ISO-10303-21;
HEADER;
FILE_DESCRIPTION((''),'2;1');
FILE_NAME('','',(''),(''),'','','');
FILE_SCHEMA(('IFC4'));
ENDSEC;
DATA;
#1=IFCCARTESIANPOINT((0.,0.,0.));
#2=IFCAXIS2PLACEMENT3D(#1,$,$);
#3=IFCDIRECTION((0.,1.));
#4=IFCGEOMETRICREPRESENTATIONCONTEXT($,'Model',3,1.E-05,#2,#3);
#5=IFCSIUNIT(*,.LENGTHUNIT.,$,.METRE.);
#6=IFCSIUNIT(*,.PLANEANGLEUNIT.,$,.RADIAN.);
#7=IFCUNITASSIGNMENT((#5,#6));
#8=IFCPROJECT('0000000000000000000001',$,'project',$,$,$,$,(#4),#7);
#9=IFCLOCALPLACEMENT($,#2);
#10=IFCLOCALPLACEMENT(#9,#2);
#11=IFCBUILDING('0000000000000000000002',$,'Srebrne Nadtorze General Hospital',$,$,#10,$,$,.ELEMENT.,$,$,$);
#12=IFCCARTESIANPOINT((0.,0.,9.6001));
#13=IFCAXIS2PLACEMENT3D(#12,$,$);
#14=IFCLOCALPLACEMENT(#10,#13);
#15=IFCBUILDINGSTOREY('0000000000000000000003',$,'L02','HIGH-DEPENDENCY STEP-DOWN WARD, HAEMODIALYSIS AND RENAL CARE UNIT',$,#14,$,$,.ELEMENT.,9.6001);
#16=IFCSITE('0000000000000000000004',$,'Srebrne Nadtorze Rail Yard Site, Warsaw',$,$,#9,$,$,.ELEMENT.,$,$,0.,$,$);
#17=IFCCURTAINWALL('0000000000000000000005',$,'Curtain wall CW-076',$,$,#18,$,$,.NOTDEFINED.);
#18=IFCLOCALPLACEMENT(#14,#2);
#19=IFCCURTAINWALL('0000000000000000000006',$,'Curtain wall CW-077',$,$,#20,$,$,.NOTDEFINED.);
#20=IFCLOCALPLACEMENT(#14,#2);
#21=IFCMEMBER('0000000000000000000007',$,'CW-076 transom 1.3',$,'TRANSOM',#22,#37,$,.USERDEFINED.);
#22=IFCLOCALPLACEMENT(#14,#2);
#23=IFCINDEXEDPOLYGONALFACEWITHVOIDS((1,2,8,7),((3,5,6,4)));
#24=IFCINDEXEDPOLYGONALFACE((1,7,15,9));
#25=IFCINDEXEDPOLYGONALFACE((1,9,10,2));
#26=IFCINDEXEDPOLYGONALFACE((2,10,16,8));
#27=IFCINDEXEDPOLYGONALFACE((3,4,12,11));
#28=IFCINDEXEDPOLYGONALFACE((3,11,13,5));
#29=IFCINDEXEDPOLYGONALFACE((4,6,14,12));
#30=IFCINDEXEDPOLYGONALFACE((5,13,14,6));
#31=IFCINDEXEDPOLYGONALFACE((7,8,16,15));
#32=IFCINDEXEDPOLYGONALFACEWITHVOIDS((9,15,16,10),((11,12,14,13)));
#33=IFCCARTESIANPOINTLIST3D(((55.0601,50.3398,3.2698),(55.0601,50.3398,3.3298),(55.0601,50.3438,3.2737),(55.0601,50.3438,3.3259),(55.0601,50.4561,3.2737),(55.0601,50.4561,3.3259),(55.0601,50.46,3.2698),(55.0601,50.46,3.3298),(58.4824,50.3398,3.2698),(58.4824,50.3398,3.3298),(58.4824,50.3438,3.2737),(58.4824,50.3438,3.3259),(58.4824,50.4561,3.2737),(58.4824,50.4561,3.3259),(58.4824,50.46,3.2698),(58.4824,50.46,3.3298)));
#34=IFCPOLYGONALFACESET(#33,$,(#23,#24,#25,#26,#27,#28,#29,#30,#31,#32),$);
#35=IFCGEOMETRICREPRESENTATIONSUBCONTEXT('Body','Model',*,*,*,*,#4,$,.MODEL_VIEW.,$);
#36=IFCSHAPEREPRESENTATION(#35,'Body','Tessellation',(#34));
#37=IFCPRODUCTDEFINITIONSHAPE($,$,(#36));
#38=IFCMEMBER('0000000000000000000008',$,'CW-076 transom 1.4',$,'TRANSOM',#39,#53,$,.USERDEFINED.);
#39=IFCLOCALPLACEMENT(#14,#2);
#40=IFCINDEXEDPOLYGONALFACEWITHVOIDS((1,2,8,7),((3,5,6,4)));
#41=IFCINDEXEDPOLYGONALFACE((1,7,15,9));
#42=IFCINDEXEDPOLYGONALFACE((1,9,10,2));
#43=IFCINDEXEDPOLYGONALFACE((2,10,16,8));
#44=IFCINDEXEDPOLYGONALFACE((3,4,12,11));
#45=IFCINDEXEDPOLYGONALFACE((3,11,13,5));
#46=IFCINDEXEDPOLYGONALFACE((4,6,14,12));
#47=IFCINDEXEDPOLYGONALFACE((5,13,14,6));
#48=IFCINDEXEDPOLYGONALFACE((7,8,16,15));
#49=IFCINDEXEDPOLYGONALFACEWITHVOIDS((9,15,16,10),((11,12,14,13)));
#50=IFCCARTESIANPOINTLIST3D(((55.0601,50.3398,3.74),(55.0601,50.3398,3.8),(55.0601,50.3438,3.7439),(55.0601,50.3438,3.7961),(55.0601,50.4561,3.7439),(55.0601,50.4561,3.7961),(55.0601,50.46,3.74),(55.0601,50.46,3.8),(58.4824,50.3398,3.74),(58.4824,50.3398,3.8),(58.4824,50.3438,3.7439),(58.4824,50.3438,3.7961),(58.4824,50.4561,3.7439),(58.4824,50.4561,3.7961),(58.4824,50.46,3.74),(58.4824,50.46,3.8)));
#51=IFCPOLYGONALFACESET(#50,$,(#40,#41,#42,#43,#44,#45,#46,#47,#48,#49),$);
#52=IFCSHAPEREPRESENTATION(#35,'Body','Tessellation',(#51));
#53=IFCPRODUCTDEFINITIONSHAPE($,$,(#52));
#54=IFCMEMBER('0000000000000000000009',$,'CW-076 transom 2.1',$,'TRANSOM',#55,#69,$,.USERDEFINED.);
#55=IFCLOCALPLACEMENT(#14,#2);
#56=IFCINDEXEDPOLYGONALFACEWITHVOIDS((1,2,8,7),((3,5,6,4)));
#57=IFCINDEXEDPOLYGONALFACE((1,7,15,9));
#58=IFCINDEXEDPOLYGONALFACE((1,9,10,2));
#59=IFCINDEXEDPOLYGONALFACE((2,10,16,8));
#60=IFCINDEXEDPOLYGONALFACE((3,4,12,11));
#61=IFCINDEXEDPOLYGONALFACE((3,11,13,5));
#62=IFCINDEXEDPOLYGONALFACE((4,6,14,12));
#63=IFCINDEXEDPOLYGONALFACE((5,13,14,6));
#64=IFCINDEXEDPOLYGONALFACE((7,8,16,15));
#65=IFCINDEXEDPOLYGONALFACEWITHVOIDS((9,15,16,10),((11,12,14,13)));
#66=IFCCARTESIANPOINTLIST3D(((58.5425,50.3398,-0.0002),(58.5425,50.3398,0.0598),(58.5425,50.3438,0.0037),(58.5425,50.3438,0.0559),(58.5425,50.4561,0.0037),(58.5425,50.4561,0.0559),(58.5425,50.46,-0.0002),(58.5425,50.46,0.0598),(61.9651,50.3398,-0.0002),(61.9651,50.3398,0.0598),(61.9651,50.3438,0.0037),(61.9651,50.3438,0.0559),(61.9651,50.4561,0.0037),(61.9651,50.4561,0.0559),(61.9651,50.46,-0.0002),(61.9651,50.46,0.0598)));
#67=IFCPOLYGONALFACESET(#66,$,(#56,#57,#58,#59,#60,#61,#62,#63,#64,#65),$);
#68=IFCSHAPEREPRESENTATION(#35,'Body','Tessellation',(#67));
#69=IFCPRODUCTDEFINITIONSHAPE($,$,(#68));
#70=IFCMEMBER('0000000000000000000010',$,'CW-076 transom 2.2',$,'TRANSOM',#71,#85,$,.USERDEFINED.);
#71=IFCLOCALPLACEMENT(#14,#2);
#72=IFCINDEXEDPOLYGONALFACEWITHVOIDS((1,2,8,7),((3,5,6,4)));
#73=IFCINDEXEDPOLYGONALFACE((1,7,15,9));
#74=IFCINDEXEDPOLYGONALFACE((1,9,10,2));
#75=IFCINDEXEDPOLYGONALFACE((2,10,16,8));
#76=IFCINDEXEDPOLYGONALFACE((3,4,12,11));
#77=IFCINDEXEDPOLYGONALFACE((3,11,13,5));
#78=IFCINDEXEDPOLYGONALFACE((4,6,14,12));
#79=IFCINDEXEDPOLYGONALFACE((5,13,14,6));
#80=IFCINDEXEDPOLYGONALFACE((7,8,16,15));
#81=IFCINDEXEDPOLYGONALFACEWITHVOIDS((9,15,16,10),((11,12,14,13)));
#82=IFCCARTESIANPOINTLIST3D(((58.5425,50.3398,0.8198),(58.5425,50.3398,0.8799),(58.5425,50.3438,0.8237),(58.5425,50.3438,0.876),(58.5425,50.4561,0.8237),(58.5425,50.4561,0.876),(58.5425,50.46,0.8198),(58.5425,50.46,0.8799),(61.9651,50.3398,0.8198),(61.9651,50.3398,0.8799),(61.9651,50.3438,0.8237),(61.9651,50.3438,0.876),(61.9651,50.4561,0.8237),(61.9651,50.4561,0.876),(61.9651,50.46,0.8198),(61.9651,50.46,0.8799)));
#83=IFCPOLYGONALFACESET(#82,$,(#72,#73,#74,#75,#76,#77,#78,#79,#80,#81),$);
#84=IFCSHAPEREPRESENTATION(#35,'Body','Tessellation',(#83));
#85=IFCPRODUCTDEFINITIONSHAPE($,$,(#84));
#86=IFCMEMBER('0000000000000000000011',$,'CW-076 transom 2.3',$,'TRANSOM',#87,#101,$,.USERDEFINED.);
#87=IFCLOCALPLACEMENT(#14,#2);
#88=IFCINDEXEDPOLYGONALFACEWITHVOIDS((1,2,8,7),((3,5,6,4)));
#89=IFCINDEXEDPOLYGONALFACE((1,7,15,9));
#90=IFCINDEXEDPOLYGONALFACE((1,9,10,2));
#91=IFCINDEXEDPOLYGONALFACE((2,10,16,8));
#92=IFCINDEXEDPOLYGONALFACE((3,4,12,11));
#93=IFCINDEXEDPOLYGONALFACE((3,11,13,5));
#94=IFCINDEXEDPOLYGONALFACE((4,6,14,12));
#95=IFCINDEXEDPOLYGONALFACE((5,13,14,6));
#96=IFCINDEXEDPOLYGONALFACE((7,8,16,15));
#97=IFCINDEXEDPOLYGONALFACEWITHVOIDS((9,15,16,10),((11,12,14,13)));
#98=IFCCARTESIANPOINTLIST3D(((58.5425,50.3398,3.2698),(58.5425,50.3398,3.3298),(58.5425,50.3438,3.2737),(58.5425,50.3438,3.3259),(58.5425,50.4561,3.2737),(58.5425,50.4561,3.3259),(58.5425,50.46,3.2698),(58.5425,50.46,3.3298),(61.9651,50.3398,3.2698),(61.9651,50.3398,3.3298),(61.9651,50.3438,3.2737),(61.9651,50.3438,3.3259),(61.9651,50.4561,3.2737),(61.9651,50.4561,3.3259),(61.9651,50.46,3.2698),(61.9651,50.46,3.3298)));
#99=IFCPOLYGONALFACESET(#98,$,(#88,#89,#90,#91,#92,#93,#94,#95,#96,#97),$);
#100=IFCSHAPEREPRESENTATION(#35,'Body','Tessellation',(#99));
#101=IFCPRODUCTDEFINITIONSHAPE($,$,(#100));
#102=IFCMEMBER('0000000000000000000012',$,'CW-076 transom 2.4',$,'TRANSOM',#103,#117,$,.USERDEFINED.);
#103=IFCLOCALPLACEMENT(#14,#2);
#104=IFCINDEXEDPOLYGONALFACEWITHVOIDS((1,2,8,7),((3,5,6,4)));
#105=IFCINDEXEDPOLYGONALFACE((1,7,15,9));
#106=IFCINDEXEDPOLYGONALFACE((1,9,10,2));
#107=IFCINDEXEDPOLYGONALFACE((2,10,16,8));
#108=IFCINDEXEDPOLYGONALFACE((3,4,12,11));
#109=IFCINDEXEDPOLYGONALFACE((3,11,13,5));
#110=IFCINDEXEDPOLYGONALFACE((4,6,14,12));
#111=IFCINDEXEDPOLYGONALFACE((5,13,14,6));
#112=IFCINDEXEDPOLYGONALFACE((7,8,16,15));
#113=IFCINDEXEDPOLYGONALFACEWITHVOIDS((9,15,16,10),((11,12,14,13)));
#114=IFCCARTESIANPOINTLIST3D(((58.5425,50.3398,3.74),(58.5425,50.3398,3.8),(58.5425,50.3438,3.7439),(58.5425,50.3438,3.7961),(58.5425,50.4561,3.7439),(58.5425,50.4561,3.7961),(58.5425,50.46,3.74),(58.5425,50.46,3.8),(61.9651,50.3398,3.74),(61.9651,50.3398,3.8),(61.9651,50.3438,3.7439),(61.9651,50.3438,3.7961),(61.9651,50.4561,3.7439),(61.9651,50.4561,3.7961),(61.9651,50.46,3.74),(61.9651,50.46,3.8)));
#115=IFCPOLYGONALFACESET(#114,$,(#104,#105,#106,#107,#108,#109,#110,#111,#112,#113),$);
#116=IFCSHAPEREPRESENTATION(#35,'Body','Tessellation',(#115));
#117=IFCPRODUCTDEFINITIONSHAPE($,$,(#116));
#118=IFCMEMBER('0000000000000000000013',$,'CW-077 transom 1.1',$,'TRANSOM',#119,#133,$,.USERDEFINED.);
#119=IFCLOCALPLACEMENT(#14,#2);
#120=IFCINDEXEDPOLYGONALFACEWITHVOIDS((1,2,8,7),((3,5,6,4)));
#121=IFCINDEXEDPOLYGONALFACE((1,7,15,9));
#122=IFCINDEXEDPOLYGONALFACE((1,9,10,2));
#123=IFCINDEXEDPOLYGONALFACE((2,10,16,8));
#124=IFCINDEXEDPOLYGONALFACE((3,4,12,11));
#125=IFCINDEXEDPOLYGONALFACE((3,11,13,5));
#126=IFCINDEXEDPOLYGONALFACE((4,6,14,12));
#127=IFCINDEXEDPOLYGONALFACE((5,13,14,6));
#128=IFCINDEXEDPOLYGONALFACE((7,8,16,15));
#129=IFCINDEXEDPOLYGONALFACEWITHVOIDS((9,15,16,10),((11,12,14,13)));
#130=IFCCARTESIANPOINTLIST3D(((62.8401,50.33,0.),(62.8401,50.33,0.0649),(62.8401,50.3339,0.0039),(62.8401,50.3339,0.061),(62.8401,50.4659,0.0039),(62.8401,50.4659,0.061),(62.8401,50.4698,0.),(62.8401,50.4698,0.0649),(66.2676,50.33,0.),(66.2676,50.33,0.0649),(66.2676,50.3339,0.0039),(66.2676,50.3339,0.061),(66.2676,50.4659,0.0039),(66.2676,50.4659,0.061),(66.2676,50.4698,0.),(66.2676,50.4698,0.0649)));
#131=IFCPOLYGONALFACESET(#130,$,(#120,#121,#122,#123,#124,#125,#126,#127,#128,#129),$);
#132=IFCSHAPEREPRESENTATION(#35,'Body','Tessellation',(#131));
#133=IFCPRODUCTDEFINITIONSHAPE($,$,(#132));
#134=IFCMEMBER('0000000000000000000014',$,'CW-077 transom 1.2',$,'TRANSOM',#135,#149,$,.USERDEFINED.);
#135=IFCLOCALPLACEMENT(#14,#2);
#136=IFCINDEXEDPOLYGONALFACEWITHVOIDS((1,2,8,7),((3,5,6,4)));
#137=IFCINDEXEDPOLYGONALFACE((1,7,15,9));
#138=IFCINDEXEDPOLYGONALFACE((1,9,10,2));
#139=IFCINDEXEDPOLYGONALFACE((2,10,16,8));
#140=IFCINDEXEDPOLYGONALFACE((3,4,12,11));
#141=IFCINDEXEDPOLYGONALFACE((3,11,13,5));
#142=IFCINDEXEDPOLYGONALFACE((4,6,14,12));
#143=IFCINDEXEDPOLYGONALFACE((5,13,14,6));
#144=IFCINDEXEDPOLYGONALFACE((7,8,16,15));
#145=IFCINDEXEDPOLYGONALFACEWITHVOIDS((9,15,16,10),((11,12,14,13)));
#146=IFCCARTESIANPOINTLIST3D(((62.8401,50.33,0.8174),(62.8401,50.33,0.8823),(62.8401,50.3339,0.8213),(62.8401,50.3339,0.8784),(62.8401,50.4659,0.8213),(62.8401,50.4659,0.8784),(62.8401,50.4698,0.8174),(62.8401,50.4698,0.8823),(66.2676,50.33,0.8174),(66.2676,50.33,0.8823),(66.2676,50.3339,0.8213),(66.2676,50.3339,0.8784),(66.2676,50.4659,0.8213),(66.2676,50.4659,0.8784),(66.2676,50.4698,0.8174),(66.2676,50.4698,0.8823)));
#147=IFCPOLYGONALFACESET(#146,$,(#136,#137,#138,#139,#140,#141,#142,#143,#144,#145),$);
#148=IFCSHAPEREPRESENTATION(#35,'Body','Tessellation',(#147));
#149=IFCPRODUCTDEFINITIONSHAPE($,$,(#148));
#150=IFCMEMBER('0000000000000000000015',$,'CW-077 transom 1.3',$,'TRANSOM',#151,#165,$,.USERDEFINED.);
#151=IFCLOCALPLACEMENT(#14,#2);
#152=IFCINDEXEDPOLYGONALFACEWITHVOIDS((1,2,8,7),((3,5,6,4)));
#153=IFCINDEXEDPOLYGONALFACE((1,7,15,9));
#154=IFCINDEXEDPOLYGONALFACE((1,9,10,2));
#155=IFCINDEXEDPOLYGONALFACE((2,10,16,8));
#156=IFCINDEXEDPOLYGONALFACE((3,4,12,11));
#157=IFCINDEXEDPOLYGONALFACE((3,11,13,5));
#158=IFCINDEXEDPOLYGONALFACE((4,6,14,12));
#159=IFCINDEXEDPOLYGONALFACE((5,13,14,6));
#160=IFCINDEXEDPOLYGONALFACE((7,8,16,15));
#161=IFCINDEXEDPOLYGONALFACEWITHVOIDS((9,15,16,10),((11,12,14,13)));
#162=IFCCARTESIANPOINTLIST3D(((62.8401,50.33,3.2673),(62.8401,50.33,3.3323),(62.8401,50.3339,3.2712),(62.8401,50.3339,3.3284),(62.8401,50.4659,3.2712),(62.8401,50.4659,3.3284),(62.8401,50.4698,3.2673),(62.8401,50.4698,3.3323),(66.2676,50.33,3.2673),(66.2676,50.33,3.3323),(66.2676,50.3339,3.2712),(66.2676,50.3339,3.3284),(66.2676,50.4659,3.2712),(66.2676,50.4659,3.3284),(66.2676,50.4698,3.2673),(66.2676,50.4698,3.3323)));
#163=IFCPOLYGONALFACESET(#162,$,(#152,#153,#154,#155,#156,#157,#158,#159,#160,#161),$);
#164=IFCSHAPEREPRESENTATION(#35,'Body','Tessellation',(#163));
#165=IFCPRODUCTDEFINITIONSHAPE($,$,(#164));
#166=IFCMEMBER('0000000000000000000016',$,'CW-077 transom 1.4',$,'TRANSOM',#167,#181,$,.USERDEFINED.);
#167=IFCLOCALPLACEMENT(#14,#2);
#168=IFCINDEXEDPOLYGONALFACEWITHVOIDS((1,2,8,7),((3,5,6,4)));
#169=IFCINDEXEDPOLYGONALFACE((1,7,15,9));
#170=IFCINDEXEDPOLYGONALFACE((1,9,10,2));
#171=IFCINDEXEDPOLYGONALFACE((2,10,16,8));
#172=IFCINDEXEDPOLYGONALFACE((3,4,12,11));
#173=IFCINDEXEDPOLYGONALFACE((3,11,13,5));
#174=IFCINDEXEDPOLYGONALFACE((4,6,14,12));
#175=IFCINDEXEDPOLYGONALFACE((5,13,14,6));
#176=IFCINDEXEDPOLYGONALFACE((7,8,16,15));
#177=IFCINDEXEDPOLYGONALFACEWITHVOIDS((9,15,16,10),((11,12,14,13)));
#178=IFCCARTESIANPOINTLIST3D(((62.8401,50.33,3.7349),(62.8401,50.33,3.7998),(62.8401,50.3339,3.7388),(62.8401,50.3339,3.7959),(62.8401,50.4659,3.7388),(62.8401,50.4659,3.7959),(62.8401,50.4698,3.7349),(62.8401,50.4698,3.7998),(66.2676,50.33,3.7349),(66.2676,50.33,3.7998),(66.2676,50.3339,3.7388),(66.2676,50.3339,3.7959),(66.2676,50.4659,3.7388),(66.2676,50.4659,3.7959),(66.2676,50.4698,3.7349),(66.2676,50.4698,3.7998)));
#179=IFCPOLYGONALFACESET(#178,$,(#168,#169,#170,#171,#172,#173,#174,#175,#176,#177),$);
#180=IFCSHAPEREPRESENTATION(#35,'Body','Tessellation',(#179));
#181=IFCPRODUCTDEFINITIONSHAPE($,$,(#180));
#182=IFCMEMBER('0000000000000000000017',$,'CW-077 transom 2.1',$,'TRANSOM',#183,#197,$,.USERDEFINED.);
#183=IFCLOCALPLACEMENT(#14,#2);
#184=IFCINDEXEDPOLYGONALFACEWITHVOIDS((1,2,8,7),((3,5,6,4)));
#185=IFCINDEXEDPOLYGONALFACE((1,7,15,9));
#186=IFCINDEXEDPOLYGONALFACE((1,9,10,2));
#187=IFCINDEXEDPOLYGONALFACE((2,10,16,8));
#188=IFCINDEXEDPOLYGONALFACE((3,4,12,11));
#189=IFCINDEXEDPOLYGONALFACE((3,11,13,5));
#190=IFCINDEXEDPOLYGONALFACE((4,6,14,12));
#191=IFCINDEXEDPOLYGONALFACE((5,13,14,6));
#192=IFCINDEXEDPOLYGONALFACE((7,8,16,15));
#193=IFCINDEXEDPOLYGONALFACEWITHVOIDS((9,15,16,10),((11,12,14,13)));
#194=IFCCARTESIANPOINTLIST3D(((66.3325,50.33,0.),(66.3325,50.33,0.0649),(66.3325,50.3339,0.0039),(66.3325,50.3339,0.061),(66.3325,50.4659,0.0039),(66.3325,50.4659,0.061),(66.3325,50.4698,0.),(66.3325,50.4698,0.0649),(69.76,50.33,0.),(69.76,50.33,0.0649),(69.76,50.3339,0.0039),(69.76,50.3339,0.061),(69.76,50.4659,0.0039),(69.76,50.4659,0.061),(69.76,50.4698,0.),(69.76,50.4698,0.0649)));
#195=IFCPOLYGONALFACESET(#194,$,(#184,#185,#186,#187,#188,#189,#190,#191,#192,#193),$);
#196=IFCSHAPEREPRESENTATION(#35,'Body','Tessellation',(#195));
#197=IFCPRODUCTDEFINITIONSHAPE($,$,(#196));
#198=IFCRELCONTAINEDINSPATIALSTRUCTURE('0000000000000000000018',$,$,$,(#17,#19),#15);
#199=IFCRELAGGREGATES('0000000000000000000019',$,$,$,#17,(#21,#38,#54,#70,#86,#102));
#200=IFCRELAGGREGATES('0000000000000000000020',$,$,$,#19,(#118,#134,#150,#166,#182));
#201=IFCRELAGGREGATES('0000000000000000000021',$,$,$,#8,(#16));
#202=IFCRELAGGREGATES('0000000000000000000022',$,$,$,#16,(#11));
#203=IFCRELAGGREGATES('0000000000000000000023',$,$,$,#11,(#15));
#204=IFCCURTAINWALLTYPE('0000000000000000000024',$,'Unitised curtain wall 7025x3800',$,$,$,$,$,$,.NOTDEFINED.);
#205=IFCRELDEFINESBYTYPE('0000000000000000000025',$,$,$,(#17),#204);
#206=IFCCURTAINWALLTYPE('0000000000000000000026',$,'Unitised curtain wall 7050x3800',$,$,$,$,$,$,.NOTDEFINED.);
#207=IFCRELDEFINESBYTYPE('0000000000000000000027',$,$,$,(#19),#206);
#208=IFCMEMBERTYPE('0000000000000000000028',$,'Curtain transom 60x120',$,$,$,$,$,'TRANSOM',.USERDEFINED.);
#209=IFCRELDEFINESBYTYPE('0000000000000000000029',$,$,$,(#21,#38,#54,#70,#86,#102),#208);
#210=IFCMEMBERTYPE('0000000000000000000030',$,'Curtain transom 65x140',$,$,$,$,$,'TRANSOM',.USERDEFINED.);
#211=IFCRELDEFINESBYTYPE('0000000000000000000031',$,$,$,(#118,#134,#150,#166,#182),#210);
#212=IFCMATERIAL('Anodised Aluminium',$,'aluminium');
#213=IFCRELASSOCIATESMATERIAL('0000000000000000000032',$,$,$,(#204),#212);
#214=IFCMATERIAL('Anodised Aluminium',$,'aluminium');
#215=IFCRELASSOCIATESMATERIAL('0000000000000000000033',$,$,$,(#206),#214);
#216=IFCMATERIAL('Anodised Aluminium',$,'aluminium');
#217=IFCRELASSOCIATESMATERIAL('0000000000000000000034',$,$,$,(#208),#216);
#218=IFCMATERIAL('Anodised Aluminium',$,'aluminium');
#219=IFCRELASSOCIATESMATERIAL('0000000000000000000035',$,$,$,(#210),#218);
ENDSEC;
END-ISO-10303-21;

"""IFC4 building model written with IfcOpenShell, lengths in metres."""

from ifc_helpers import new_model, si_unit, direction, frame, origin, origin_2d, place, context, subcontext, project, spatial, hollow_rectangle, extrude, material, material_profile, profile_set, type_object, element, aggregate, save


model = new_model("IFC4")

# Units and contexts
model_context = context("Model", 3, precision=1e-05, world=origin(), true_north=direction((0.0, 1.0)))
body_context = subcontext(model_context, "Body", "Model", "MODEL_VIEW")
ifc_project = project(units=[si_unit("LENGTHUNIT", "METRE"), si_unit("PLANEANGLEUNIT", "RADIAN")], contexts=[model_context])

# Site, building, storey
site_placement = place(None, origin())
site = spatial("IfcSite", under=ifc_project, at=site_placement, Name="Srebrne Nadtorze Rail Yard Site, Warsaw", CompositionType="ELEMENT", RefElevation=0.0)
building_placement = place(site_placement, origin())
building = spatial("IfcBuilding", under=site, at=building_placement, Name="Srebrne Nadtorze General Hospital", CompositionType="ELEMENT")
storey_placement = place(building_placement, frame((0.0, 0.0, 9.6001)))
storey = spatial("IfcBuildingStorey", under=building, at=storey_placement, Name="L02", Description="HIGH-DEPENDENCY STEP-DOWN WARD, HAEMODIALYSIS AND RENAL CARE UNIT", CompositionType="ELEMENT", Elevation=9.6001)

# Curtain walls
ifc_material_1 = material(Name="Anodised Aluminium", Category="aluminium")
curtain_wall_type_1 = type_object("IfcCurtainWallType", Name="Unitised curtain wall 7025x3800", PredefinedType="NOTDEFINED", material=ifc_material_1)
curtain_wall_1_placement = place(storey_placement, origin())
curtain_wall_1 = element("IfcCurtainWall", 1, at=curtain_wall_1_placement, inside=storey, type_object=curtain_wall_type_1, Name="Curtain wall CW-076", PredefinedType="NOTDEFINED")
ifc_material_2 = material(Name="Anodised Aluminium", Category="aluminium")
curtain_wall_type_2 = type_object("IfcCurtainWallType", Name="Unitised curtain wall 7050x3800", PredefinedType="NOTDEFINED", material=ifc_material_2)
curtain_wall_2_placement = place(storey_placement, origin())
curtain_wall_2 = element("IfcCurtainWall", 2, at=curtain_wall_2_placement, inside=storey, type_object=curtain_wall_type_2, Name="Curtain wall CW-077", PredefinedType="NOTDEFINED")

# Members
ifc_material_3 = material(Name="Anodised Aluminium", Category="aluminium")
ifc_material_profile_1 = material_profile(ifc_material_3, hollow_rectangle(XDim=0.0601, YDim=0.1201, WallThickness=0.0039, at=origin_2d()), Name="AL-TRN-60x120")
ifc_profile_set_1 = profile_set([ifc_material_profile_1], Name="Anodised Aluminium")
member_type_1 = type_object("IfcMemberType", Name="Curtain transom 60x120", ElementType="TRANSOM", PredefinedType="USERDEFINED", material=ifc_profile_set_1)
member_1_placement = place(storey_placement, frame((55.0601, 50.3999, 3.2998), z_axis=(1.0, 0.0, 0.0), x_axis=(0.0, 0.0, 1.0)))
member_1 = element("IfcMember", 3, at=member_1_placement, type_object=member_type_1, Name="CW-076 transom 1.3", ObjectType="TRANSOM", PredefinedType="USERDEFINED", context=body_context, shape_type="SweptSolid", body=[
    extrude(hollow_rectangle(XDim=0.0601, YDim=0.1201, WallThickness=0.0039, at=origin_2d()), origin(), (0.0, 0.0, 1.0), 3.4224),
])
member_2_placement = place(storey_placement, frame((55.0601, 50.3999, 3.77), z_axis=(1.0, 0.0, 0.0), x_axis=(0.0, 0.0, 1.0)))
member_2 = element("IfcMember", 4, at=member_2_placement, type_object=member_type_1, Name="CW-076 transom 1.4", ObjectType="TRANSOM", PredefinedType="USERDEFINED", context=body_context, shape_type="SweptSolid", body=[
    extrude(hollow_rectangle(XDim=0.0601, YDim=0.1201, WallThickness=0.0039, at=origin_2d()), origin(), (0.0, 0.0, 1.0), 3.4224),
])
member_3_placement = place(storey_placement, frame((58.5425, 50.3999, 0.0298), z_axis=(1.0, 0.0, 0.0), x_axis=(0.0, 0.0, 1.0)))
member_3 = element("IfcMember", 5, at=member_3_placement, type_object=member_type_1, Name="CW-076 transom 2.1", ObjectType="TRANSOM", PredefinedType="USERDEFINED", context=body_context, shape_type="SweptSolid", body=[
    extrude(hollow_rectangle(XDim=0.0601, YDim=0.1201, WallThickness=0.0039, at=origin_2d()), origin(), (0.0, 0.0, 1.0), 3.4226),
])
member_4_placement = place(storey_placement, frame((58.5425, 50.3999, 0.8499), z_axis=(1.0, 0.0, 0.0), x_axis=(0.0, 0.0, 1.0)))
member_4 = element("IfcMember", 6, at=member_4_placement, type_object=member_type_1, Name="CW-076 transom 2.2", ObjectType="TRANSOM", PredefinedType="USERDEFINED", context=body_context, shape_type="SweptSolid", body=[
    extrude(hollow_rectangle(XDim=0.0601, YDim=0.1201, WallThickness=0.0039, at=origin_2d()), origin(), (0.0, 0.0, 1.0), 3.4226),
])
member_5_placement = place(storey_placement, frame((58.5425, 50.3999, 3.2998), z_axis=(1.0, 0.0, 0.0), x_axis=(0.0, 0.0, 1.0)))
member_5 = element("IfcMember", 7, at=member_5_placement, type_object=member_type_1, Name="CW-076 transom 2.3", ObjectType="TRANSOM", PredefinedType="USERDEFINED", context=body_context, shape_type="SweptSolid", body=[
    extrude(hollow_rectangle(XDim=0.0601, YDim=0.1201, WallThickness=0.0039, at=origin_2d()), origin(), (0.0, 0.0, 1.0), 3.4226),
])
member_6_placement = place(storey_placement, frame((58.5425, 50.3999, 3.77), z_axis=(1.0, 0.0, 0.0), x_axis=(0.0, 0.0, 1.0)))
member_6 = element("IfcMember", 8, at=member_6_placement, type_object=member_type_1, Name="CW-076 transom 2.4", ObjectType="TRANSOM", PredefinedType="USERDEFINED", context=body_context, shape_type="SweptSolid", body=[
    extrude(hollow_rectangle(XDim=0.0601, YDim=0.1201, WallThickness=0.0039, at=origin_2d()), origin(), (0.0, 0.0, 1.0), 3.4226),
])
ifc_material_4 = material(Name="Anodised Aluminium", Category="aluminium")
ifc_material_profile_2 = material_profile(ifc_material_4, hollow_rectangle(XDim=0.0649, YDim=0.1399, WallThickness=0.0039, at=origin_2d()), Name="AL-TRN-65x140")
ifc_profile_set_2 = profile_set([ifc_material_profile_2], Name="Anodised Aluminium")
member_type_2 = type_object("IfcMemberType", Name="Curtain transom 65x140", ElementType="TRANSOM", PredefinedType="USERDEFINED", material=ifc_profile_set_2)
member_7_placement = place(storey_placement, frame((62.8401, 50.3999, 0.0325), z_axis=(1.0, 0.0, 0.0), x_axis=(0.0, 0.0, 1.0)))
member_7 = element("IfcMember", 9, at=member_7_placement, type_object=member_type_2, Name="CW-077 transom 1.1", ObjectType="TRANSOM", PredefinedType="USERDEFINED", context=body_context, shape_type="SweptSolid", body=[
    extrude(hollow_rectangle(XDim=0.0649, YDim=0.1399, WallThickness=0.0039, at=origin_2d()), origin(), (0.0, 0.0, 1.0), 3.4275),
])
member_8_placement = place(storey_placement, frame((62.8401, 50.3999, 0.8499), z_axis=(1.0, 0.0, 0.0), x_axis=(0.0, 0.0, 1.0)))
member_8 = element("IfcMember", 10, at=member_8_placement, type_object=member_type_2, Name="CW-077 transom 1.2", ObjectType="TRANSOM", PredefinedType="USERDEFINED", context=body_context, shape_type="SweptSolid", body=[
    extrude(hollow_rectangle(XDim=0.0649, YDim=0.1399, WallThickness=0.0039, at=origin_2d()), origin(), (0.0, 0.0, 1.0), 3.4275),
])
member_9_placement = place(storey_placement, frame((62.8401, 50.3999, 3.2998), z_axis=(1.0, 0.0, 0.0), x_axis=(0.0, 0.0, 1.0)))
member_9 = element("IfcMember", 11, at=member_9_placement, type_object=member_type_2, Name="CW-077 transom 1.3", ObjectType="TRANSOM", PredefinedType="USERDEFINED", context=body_context, shape_type="SweptSolid", body=[
    extrude(hollow_rectangle(XDim=0.0649, YDim=0.1399, WallThickness=0.0039, at=origin_2d()), origin(), (0.0, 0.0, 1.0), 3.4275),
])
member_10_placement = place(storey_placement, frame((62.8401, 50.3999, 3.7673), z_axis=(1.0, 0.0, 0.0), x_axis=(0.0, 0.0, 1.0)))
member_10 = element("IfcMember", 12, at=member_10_placement, type_object=member_type_2, Name="CW-077 transom 1.4", ObjectType="TRANSOM", PredefinedType="USERDEFINED", context=body_context, shape_type="SweptSolid", body=[
    extrude(hollow_rectangle(XDim=0.0649, YDim=0.1399, WallThickness=0.0039, at=origin_2d()), origin(), (0.0, 0.0, 1.0), 3.4275),
])
member_11_placement = place(storey_placement, frame((66.3325, 50.3999, 0.0325), z_axis=(1.0, 0.0, 0.0), x_axis=(0.0, 0.0, 1.0)))
member_11 = element("IfcMember", 13, at=member_11_placement, type_object=member_type_2, Name="CW-077 transom 2.1", ObjectType="TRANSOM", PredefinedType="USERDEFINED", context=body_context, shape_type="SweptSolid", body=[
    extrude(hollow_rectangle(XDim=0.0649, YDim=0.1399, WallThickness=0.0039, at=origin_2d()), origin(), (0.0, 0.0, 1.0), 3.4275),
])

aggregate(curtain_wall_1, [member_1, member_2, member_3, member_4, member_5, member_6])
aggregate(curtain_wall_2, [member_7, member_8, member_9, member_10, member_11])

save(model, "model.ifc")
